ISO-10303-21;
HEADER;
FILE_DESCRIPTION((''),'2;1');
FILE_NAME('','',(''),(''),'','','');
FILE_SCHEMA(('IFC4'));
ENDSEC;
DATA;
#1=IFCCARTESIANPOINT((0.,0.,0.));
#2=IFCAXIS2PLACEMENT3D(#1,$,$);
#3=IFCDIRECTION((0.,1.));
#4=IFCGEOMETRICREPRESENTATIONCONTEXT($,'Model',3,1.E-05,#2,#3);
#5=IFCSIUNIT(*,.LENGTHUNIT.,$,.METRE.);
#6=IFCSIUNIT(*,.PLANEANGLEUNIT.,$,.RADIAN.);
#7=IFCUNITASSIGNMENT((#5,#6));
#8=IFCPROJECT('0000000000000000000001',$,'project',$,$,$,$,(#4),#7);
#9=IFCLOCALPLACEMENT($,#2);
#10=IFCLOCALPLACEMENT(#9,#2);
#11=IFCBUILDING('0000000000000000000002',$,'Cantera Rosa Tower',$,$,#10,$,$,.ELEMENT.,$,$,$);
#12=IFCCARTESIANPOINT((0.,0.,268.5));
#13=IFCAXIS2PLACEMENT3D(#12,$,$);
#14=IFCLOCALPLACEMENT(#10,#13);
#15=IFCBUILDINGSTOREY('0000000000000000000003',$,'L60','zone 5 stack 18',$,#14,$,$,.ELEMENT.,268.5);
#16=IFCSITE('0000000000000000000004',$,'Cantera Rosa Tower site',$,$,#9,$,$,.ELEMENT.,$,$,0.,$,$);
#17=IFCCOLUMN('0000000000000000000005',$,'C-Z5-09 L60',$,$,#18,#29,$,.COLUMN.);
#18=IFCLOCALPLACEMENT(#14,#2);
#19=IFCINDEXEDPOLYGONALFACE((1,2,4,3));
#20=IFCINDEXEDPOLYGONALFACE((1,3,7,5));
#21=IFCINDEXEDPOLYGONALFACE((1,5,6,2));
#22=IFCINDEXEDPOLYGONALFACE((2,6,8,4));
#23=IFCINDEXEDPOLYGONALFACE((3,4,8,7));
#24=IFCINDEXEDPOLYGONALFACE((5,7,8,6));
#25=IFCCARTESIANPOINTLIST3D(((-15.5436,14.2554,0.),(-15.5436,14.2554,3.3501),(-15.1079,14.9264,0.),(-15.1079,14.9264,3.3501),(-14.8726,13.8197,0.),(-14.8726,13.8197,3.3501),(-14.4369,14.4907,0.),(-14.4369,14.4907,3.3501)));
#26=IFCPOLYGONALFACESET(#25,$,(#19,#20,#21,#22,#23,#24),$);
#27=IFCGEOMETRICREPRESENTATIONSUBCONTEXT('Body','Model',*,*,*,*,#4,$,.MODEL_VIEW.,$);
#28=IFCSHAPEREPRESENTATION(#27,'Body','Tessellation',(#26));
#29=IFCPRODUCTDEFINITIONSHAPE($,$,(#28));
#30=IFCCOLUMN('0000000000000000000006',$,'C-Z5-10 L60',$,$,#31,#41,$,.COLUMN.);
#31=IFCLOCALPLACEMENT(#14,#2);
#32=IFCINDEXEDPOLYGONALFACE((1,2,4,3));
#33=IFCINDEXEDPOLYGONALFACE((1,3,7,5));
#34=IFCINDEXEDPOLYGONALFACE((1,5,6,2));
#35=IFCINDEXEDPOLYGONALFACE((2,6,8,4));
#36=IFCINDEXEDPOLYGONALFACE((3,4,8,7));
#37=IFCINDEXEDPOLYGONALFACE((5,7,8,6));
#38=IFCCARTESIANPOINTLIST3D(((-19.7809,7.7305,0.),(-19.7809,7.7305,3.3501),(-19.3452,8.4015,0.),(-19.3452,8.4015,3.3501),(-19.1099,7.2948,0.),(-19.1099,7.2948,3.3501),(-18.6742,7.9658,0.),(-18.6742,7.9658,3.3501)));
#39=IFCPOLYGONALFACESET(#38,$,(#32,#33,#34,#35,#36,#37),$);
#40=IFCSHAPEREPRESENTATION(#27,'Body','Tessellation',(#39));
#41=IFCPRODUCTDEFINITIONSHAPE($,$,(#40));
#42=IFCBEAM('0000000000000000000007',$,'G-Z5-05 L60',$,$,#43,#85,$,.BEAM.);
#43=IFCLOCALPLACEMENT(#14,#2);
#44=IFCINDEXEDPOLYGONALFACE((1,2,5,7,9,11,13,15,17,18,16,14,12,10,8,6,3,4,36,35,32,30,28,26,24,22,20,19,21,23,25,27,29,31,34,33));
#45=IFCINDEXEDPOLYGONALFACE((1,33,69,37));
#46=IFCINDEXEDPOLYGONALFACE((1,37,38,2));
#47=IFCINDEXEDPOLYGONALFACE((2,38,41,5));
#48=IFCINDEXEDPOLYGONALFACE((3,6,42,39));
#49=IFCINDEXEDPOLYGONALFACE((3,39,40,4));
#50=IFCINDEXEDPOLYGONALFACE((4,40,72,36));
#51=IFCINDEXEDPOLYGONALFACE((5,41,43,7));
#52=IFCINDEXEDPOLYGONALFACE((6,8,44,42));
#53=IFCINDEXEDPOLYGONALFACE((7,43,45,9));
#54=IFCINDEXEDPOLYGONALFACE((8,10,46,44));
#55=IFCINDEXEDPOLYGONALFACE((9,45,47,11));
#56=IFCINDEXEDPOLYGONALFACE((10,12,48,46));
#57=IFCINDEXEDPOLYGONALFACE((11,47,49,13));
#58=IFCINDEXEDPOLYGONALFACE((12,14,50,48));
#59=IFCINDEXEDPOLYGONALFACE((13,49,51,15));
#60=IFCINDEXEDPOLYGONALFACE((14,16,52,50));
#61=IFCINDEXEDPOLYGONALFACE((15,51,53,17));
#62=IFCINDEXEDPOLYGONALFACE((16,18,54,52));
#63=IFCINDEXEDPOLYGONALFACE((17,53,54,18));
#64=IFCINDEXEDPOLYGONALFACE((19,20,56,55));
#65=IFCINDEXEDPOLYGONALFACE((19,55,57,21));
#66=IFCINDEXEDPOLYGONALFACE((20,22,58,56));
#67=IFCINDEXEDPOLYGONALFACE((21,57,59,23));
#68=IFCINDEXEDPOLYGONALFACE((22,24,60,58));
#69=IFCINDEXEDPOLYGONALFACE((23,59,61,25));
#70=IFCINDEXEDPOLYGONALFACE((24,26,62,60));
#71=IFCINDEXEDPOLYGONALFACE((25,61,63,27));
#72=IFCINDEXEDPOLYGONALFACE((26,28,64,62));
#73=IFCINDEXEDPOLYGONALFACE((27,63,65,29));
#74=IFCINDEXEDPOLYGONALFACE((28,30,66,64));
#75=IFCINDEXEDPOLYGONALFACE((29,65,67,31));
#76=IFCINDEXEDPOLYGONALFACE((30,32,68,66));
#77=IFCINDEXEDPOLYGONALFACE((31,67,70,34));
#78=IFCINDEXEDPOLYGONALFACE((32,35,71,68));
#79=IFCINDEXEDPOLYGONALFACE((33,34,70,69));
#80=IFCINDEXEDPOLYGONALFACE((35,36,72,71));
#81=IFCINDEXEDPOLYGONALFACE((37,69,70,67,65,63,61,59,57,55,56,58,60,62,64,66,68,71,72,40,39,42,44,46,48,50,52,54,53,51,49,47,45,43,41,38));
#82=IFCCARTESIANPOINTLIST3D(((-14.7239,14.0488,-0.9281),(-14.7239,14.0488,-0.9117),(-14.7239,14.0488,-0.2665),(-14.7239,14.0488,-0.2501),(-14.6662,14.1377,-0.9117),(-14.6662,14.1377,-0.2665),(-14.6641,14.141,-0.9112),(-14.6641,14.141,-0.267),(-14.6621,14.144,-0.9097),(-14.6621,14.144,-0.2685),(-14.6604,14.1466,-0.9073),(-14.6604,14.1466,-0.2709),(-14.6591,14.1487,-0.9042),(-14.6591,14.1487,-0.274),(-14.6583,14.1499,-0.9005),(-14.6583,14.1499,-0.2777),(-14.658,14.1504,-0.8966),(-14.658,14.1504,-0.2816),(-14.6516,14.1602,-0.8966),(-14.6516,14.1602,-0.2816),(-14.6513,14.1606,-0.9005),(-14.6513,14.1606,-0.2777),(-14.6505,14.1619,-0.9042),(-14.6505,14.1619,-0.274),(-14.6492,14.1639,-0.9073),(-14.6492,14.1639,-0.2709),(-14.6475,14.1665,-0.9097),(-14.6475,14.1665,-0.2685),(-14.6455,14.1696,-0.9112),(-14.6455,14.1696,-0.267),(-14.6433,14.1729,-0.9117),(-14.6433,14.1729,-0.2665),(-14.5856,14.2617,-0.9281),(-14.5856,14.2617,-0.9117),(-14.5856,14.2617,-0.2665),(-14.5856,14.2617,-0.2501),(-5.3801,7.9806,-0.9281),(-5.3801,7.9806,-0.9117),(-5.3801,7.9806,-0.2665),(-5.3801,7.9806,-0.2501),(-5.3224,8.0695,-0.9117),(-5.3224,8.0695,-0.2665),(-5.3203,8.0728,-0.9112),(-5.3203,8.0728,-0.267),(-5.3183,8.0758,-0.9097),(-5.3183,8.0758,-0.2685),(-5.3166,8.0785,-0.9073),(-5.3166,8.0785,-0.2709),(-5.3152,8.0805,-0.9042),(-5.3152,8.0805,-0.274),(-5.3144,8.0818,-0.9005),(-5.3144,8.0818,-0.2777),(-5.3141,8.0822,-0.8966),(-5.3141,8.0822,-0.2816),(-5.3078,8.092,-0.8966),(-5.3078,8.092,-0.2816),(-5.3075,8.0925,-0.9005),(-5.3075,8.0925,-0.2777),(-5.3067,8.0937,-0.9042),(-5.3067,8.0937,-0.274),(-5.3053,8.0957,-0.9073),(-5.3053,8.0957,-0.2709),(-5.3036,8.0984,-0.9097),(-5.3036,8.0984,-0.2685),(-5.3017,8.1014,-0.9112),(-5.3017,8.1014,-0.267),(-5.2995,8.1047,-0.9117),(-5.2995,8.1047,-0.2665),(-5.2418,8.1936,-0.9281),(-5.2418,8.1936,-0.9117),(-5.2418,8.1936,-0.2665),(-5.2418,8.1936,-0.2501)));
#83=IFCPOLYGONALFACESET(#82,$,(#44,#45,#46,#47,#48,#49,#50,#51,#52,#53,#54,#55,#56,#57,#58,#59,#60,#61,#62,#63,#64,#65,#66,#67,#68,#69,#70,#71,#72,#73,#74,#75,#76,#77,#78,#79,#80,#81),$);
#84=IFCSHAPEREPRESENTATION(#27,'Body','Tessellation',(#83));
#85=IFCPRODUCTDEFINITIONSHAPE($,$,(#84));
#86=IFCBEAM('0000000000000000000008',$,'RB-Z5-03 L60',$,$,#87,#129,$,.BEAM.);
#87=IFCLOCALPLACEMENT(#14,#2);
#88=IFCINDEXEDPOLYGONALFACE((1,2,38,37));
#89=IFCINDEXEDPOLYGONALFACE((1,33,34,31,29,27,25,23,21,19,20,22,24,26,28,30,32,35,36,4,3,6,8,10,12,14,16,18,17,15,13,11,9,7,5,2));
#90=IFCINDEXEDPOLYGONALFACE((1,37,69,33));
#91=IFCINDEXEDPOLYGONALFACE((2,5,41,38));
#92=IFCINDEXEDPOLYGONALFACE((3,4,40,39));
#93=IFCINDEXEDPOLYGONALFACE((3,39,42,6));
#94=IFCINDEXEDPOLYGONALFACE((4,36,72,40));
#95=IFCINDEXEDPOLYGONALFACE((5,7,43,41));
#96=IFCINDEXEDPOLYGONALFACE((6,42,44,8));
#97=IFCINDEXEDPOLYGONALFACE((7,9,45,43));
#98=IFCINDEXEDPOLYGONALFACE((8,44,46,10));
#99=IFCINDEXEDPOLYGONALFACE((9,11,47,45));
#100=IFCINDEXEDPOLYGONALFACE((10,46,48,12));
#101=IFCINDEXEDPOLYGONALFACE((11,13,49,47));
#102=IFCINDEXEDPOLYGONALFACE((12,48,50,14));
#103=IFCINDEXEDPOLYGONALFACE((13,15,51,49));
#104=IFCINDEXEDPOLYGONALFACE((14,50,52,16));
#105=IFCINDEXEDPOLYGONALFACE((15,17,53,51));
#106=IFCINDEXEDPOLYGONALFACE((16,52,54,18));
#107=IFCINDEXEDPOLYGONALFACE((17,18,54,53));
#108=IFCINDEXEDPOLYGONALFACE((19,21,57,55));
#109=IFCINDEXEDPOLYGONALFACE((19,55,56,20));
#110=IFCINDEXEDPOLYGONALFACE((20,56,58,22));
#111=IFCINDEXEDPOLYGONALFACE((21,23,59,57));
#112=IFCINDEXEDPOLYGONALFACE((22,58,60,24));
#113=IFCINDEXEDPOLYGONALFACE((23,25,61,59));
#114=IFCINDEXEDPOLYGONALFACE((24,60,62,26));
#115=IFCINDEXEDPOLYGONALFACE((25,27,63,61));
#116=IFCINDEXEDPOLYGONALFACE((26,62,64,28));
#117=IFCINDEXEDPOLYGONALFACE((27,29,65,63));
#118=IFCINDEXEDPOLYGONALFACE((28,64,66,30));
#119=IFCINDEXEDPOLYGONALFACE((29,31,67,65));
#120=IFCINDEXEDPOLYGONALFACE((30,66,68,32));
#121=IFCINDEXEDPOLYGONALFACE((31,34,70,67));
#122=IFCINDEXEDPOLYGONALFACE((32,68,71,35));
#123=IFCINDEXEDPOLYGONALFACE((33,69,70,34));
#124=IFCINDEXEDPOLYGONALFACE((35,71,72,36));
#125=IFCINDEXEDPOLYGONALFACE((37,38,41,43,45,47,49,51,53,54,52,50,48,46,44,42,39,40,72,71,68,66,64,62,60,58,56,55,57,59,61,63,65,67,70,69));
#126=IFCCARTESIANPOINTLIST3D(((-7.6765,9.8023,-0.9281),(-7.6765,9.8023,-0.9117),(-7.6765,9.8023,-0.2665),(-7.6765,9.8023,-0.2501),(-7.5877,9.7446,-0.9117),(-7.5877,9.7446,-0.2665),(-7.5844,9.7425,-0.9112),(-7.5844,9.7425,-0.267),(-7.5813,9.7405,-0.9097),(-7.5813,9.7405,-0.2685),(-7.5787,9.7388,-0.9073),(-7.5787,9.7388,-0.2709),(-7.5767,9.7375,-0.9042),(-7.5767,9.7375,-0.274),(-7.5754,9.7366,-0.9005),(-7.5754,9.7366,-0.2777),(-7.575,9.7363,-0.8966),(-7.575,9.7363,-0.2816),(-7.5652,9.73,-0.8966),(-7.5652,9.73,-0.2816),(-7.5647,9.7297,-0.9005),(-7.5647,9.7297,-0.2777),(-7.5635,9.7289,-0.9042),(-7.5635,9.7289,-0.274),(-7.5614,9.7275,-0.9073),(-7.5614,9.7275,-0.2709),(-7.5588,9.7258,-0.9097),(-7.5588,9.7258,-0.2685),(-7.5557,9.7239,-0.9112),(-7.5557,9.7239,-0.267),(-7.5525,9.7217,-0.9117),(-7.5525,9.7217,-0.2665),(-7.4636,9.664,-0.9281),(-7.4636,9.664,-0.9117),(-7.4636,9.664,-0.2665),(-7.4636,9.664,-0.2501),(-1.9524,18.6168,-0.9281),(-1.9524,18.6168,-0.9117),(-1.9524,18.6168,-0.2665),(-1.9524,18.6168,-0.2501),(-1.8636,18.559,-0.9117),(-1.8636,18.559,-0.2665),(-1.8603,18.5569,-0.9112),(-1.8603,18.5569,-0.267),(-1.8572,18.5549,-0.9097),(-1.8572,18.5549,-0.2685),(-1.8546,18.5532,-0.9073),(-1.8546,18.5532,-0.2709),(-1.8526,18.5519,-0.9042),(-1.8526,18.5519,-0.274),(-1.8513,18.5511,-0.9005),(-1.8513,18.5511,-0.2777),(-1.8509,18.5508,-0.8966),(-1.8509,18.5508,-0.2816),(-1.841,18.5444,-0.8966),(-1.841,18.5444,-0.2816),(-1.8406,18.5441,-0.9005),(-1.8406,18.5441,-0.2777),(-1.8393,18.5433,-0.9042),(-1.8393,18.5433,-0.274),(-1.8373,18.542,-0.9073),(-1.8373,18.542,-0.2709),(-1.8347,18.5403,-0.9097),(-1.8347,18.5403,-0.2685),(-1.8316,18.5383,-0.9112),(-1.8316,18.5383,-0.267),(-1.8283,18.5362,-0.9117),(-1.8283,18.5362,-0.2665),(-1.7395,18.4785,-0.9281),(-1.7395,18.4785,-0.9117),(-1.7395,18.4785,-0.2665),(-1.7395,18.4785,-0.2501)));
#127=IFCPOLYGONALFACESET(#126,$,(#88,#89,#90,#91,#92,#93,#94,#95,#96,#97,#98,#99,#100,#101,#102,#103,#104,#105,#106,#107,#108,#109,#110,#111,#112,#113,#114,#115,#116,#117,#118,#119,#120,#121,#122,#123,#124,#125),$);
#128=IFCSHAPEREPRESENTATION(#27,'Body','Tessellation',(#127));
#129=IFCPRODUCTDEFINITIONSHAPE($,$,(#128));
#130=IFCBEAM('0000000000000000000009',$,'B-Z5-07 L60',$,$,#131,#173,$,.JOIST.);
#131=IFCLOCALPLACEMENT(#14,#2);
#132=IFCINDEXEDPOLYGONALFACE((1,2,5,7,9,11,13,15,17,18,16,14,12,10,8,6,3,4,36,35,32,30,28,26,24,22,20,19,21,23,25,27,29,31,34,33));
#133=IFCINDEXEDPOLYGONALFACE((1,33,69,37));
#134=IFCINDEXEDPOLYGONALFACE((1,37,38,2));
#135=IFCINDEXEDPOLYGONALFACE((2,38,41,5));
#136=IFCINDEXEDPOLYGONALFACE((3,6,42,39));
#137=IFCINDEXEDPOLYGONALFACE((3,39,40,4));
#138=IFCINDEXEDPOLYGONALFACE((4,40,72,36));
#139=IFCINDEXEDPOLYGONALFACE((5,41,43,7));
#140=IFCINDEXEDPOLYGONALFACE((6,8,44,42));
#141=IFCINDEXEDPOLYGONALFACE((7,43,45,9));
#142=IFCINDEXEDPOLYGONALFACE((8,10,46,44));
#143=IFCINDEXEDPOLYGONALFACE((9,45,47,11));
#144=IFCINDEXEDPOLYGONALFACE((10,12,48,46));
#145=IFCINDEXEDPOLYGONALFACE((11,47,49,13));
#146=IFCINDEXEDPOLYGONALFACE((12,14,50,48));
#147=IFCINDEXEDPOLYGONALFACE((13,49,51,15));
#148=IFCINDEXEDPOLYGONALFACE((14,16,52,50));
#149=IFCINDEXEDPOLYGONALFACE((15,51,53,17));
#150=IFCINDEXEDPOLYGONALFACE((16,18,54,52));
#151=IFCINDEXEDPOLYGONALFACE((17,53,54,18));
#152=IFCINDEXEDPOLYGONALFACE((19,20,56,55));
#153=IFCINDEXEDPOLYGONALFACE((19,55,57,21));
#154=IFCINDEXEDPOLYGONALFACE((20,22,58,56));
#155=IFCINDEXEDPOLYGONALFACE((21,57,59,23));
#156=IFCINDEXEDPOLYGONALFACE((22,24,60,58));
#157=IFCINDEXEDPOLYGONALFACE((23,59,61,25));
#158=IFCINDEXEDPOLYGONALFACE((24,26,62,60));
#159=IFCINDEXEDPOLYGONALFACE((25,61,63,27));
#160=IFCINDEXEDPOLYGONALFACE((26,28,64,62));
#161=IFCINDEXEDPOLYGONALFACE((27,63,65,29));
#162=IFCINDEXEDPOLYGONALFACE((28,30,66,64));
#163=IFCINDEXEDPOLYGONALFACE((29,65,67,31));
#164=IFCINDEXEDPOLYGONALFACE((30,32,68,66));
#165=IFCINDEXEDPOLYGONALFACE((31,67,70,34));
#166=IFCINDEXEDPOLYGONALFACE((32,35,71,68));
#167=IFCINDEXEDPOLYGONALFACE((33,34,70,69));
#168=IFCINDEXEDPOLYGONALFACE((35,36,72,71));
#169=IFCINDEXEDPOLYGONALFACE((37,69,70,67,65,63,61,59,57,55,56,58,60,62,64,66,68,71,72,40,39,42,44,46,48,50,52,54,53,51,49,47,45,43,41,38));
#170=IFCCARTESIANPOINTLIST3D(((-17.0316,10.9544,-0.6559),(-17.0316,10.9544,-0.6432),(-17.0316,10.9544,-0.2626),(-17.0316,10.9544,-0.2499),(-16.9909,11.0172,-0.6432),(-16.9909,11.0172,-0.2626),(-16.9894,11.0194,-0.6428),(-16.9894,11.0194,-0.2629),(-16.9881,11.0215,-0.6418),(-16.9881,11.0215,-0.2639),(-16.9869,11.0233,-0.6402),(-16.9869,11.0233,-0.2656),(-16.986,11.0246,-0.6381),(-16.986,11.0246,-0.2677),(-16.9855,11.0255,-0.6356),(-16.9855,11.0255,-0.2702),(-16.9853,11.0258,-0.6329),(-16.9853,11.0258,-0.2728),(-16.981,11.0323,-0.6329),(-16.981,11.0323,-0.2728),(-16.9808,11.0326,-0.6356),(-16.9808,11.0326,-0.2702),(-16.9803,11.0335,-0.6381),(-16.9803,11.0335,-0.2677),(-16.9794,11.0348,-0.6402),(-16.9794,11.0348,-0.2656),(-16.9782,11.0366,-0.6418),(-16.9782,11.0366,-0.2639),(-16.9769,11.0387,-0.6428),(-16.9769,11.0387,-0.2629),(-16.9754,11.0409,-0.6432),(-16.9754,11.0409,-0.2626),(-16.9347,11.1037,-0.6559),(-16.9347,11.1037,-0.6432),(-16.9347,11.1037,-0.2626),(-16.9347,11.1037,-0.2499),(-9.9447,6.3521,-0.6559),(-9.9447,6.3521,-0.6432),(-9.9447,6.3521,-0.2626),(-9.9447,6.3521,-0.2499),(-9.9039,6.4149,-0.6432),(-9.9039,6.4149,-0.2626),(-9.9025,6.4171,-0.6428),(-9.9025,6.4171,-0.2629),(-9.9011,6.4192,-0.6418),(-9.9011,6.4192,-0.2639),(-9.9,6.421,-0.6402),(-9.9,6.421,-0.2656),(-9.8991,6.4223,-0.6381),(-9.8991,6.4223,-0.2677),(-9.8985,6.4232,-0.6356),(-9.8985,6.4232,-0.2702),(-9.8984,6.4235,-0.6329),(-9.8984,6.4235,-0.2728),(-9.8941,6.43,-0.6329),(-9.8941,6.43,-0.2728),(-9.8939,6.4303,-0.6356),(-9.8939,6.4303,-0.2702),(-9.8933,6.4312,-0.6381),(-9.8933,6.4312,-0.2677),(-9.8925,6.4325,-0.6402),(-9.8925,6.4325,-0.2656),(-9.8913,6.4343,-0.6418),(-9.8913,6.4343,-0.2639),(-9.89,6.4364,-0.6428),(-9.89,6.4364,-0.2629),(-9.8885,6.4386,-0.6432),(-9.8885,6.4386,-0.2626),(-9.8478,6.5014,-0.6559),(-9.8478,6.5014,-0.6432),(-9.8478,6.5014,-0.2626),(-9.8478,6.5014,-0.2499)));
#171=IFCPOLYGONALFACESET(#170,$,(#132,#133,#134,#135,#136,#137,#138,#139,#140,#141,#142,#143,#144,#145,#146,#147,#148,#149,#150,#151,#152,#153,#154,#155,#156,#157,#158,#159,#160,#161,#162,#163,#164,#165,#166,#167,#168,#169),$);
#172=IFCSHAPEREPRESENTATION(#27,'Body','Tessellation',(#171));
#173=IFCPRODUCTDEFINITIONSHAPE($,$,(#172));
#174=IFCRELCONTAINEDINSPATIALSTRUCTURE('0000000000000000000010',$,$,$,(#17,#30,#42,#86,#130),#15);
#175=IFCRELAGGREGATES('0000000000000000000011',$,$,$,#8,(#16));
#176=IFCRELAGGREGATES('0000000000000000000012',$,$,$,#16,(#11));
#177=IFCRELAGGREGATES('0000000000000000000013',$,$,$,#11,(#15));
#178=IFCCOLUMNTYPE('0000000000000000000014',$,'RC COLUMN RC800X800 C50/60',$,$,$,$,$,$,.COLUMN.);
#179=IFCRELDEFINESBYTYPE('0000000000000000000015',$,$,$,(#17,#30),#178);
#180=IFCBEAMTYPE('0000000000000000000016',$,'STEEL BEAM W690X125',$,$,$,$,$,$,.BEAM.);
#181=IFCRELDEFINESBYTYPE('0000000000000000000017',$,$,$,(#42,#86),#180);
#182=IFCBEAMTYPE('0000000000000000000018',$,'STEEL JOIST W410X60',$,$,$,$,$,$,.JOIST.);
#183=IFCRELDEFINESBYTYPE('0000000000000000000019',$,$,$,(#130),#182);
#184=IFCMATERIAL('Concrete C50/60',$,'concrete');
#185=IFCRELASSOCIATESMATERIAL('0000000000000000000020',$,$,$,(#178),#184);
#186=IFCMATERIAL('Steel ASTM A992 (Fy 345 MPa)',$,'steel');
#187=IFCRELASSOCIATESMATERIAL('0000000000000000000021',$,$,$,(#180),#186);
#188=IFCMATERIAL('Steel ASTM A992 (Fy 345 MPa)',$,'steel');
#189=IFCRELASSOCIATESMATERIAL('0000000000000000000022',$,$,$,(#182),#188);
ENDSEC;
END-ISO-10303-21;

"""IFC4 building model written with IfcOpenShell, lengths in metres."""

from ifc_helpers import new_model, si_unit, direction, frame, origin, origin_2d, place, context, subcontext, project, spatial, rectangle, i_section, extrude, material, material_profile, profile_set, type_object, element, save


model = new_model("IFC4")

# Units and contexts
model_context = context("Model", 3, precision=1e-05, world=origin(), true_north=direction((0.0, 1.0)))
body_context = subcontext(model_context, "Body", "Model", "MODEL_VIEW")
ifc_project = project(units=[si_unit("LENGTHUNIT", "METRE"), si_unit("PLANEANGLEUNIT", "RADIAN")], contexts=[model_context])

# Site, building, storey
site_placement = place(None, origin())
site = spatial("IfcSite", under=ifc_project, at=site_placement, Name="Cantera Rosa Tower site", CompositionType="ELEMENT", RefElevation=0.0)
building_placement = place(site_placement, origin())
building = spatial("IfcBuilding", under=site, at=building_placement, Name="Cantera Rosa Tower", CompositionType="ELEMENT")
storey_placement = place(building_placement, frame((0.0, 0.0, 268.5)))
storey = spatial("IfcBuildingStorey", under=building, at=storey_placement, Name="L60", Description="zone 5 stack 18", CompositionType="ELEMENT", Elevation=268.5)

# Columns
ifc_material_1 = material(Name="Concrete C50/60", Category="concrete")
ifc_material_profile_1 = material_profile(ifc_material_1, rectangle(XDim=0.8, YDim=0.8, at=origin_2d()), Name="RC COLUMN RC800X800 C50/60")
ifc_profile_set_1 = profile_set([ifc_material_profile_1], Name="Concrete C50/60")
column_type = type_object("IfcColumnType", Name="RC COLUMN RC800X800 C50/60", PredefinedType="COLUMN", material=ifc_profile_set_1)
for number, where, z_axis, x_axis, name in (
    (1, (-14.9902, 14.373, 0.0), (0.0, 0.0, 1.0), (0.544639, 0.838671, 0.0), "C-Z5-09 L60"),
    (2, (-19.2275, 7.8481, 0.0), (0.0, 0.0, 1.0), (0.544639, 0.838671, 0.0), "C-Z5-10 L60"),
):
    element("IfcColumn", number, at=place(storey_placement, frame(where, z_axis=z_axis, x_axis=x_axis)), inside=storey, type_object=column_type, Name=name, PredefinedType="COLUMN", context=body_context, shape_type="SweptSolid", body=[
        extrude(rectangle(XDim=0.8, YDim=0.8, at=origin_2d()), origin(), (0.0, 0.0, 1.0), 3.3501),
    ])

# Beams
ifc_material_2 = material(Name="Steel ASTM A992 (Fy 345 MPa)", Category="steel")
ifc_material_profile_2 = material_profile(ifc_material_2, i_section(OverallWidth=0.2539, OverallDepth=0.678, WebThickness=0.0117, FlangeThickness=0.0164, FilletRadius=0.0151, at=origin_2d()), Name="W690X125")
ifc_profile_set_2 = profile_set([ifc_material_profile_2], Name="Steel ASTM A992 (Fy 345 MPa)")
beam_type_1 = type_object("IfcBeamType", Name="STEEL BEAM W690X125", PredefinedType="BEAM", material=ifc_profile_set_2)
beam_1_placement = place(storey_placement, frame((-14.6548, 14.1553, -0.5891), z_axis=(0.838662, -0.544652, 0.0), x_axis=(0.544652, 0.838662, 0.0)))
element("IfcBeam", 3, at=beam_1_placement, inside=storey, type_object=beam_type_1, Name="G-Z5-05 L60", PredefinedType="BEAM", context=body_context, shape_type="SweptSolid", body=[
    extrude(i_section(OverallWidth=0.2539, OverallDepth=0.678, WebThickness=0.0117, FlangeThickness=0.0164, FilletRadius=0.0151, at=origin_2d()), origin(), (0.0, 0.0, 1.0), 11.1414),
])
beam_2_placement = place(storey_placement, frame((-7.5701, 9.7332, -0.5891), z_axis=(0.544636, 0.838673, 0.0), x_axis=(-0.838673, 0.544636, 0.0)))
element("IfcBeam", 4, at=beam_2_placement, inside=storey, type_object=beam_type_1, Name="RB-Z5-03 L60", PredefinedType="BEAM", context=body_context, shape_type="SweptSolid", body=[
    extrude(i_section(OverallWidth=0.2539, OverallDepth=0.678, WebThickness=0.0117, FlangeThickness=0.0164, FilletRadius=0.0151, at=origin_2d()), origin(), (0.0, 0.0, 1.0), 10.51),
])
ifc_material_3 = material(Name="Steel ASTM A992 (Fy 345 MPa)", Category="steel")
ifc_material_profile_3 = material_profile(ifc_material_3, i_section(OverallWidth=0.178, OverallDepth=0.406, WebThickness=0.0078, FlangeThickness=0.0127, FilletRadius=0.0103, at=origin_2d()), Name="W410X60")
ifc_profile_set_3 = profile_set([ifc_material_profile_3], Name="Steel ASTM A992 (Fy 345 MPa)")
beam_type_2 = type_object("IfcBeamType", Name="STEEL JOIST W410X60", PredefinedType="JOIST", material=ifc_profile_set_3)
beam_3_placement = place(storey_placement, frame((-16.9832, 11.0291, -0.4529), z_axis=(0.838671, -0.544639, 0.0), x_axis=(0.544639, 0.838671, 0.0)))
element("IfcBeam", 5, at=beam_3_placement, inside=storey, type_object=beam_type_2, Name="B-Z5-07 L60", PredefinedType="JOIST", context=body_context, shape_type="SweptSolid", body=[
    extrude(i_section(OverallWidth=0.178, OverallDepth=0.406, WebThickness=0.0078, FlangeThickness=0.0127, FilletRadius=0.0103, at=origin_2d()), origin(), (0.0, 0.0, 1.0), 8.4502),
])

save(model, "model.ifc")
